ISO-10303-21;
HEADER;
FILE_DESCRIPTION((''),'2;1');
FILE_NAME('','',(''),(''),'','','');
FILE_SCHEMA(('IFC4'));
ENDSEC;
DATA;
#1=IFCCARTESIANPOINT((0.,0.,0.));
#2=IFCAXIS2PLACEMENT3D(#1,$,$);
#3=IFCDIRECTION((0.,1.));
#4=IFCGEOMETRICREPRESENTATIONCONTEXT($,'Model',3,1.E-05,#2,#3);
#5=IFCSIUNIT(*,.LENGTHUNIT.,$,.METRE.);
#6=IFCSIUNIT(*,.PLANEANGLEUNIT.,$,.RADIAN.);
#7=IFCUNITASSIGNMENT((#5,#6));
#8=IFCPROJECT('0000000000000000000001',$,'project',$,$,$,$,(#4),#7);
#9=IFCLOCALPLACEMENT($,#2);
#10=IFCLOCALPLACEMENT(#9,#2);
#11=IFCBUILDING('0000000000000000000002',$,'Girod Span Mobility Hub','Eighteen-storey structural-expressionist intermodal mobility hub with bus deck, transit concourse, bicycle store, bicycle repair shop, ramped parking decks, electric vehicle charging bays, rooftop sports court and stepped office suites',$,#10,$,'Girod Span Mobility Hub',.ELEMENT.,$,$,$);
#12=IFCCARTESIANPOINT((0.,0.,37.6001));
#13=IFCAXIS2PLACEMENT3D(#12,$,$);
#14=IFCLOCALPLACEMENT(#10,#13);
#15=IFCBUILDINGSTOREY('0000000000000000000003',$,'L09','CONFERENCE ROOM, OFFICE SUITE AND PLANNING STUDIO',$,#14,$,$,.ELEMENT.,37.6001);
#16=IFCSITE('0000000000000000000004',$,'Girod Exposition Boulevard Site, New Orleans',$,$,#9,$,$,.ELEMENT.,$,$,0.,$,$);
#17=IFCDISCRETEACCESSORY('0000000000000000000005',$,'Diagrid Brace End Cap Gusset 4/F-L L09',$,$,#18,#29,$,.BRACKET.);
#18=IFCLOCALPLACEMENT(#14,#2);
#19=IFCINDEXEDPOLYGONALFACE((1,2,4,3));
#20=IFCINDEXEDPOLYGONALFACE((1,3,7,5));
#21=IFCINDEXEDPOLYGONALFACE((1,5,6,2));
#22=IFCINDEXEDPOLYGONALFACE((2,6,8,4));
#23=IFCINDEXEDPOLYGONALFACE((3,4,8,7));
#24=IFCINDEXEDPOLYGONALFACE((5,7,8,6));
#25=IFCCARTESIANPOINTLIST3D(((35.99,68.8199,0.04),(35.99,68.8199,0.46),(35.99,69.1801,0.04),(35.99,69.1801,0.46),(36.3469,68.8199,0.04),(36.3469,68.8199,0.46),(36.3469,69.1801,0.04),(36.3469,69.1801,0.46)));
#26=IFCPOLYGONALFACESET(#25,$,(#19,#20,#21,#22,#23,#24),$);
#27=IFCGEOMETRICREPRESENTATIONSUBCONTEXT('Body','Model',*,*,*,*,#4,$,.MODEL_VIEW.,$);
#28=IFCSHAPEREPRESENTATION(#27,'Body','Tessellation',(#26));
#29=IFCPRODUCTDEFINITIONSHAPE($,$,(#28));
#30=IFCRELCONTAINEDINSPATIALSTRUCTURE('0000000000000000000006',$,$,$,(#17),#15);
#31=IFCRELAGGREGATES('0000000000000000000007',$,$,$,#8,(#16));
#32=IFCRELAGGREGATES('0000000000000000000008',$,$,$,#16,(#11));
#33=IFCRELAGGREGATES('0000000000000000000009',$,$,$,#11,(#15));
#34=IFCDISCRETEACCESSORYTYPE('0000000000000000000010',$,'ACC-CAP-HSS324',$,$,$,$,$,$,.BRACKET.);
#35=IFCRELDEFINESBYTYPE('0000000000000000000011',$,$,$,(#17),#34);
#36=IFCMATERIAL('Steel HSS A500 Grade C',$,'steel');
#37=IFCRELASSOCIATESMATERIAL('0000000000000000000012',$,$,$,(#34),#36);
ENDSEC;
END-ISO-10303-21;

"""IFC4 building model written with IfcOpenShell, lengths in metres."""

from ifc_helpers import new_model, si_unit, direction, frame, origin, origin_2d, place, context, subcontext, project, spatial, rectangle, extrude, material, type_object, element, save


model = new_model("IFC4")

# Units and contexts
model_context = context("Model", 3, precision=1e-05, world=origin(), true_north=direction((0.0, 1.0)))
body_context = subcontext(model_context, "Body", "Model", "MODEL_VIEW")
ifc_project = project(units=[si_unit("LENGTHUNIT", "METRE"), si_unit("PLANEANGLEUNIT", "RADIAN")], contexts=[model_context])

# Site, building, storey
site_placement = place(None, origin())
site = spatial("IfcSite", under=ifc_project, at=site_placement, Name="Girod Exposition Boulevard Site, New Orleans", CompositionType="ELEMENT", RefElevation=0.0)
building_placement = place(site_placement, origin())
building = spatial("IfcBuilding", under=site, at=building_placement, Name="Girod Span Mobility Hub", Description="Eighteen-storey structural-expressionist intermodal mobility hub with bus deck, transit concourse, bicycle store, bicycle repair shop, ramped parking decks, electric vehicle charging bays, rooftop sports court and stepped office suites", LongName="Girod Span Mobility Hub", CompositionType="ELEMENT")
storey_placement = place(building_placement, frame((0.0, 0.0, 37.6001)))
storey = spatial("IfcBuildingStorey", under=building, at=storey_placement, Name="L09", Description="CONFERENCE ROOM, OFFICE SUITE AND PLANNING STUDIO", CompositionType="ELEMENT", Elevation=37.6001)

# Discrete accessory
ifc_material_1 = material(Name="Steel HSS A500 Grade C", Category="steel")
discrete_accessory_type = type_object("IfcDiscreteAccessoryType", Name="ACC-CAP-HSS324", PredefinedType="BRACKET", material=ifc_material_1)
discrete_accessory_placement = place(storey_placement, frame((36.1685, 69.0, 0.04), z_axis=(0.0, 0.0, 1.0), x_axis=(1.0, 0.0, 0.0)))
element("IfcDiscreteAccessory", 1, at=discrete_accessory_placement, inside=storey, type_object=discrete_accessory_type, Name="Diagrid Brace End Cap Gusset 4/F-L L09", PredefinedType="BRACKET", context=body_context, shape_type="SweptSolid", body=[
    extrude(rectangle(XDim=0.3569, YDim=0.3601, at=origin_2d()), origin(), (0.0, 0.0, 1.0), 0.4199),
])

save(model, "model.ifc")
